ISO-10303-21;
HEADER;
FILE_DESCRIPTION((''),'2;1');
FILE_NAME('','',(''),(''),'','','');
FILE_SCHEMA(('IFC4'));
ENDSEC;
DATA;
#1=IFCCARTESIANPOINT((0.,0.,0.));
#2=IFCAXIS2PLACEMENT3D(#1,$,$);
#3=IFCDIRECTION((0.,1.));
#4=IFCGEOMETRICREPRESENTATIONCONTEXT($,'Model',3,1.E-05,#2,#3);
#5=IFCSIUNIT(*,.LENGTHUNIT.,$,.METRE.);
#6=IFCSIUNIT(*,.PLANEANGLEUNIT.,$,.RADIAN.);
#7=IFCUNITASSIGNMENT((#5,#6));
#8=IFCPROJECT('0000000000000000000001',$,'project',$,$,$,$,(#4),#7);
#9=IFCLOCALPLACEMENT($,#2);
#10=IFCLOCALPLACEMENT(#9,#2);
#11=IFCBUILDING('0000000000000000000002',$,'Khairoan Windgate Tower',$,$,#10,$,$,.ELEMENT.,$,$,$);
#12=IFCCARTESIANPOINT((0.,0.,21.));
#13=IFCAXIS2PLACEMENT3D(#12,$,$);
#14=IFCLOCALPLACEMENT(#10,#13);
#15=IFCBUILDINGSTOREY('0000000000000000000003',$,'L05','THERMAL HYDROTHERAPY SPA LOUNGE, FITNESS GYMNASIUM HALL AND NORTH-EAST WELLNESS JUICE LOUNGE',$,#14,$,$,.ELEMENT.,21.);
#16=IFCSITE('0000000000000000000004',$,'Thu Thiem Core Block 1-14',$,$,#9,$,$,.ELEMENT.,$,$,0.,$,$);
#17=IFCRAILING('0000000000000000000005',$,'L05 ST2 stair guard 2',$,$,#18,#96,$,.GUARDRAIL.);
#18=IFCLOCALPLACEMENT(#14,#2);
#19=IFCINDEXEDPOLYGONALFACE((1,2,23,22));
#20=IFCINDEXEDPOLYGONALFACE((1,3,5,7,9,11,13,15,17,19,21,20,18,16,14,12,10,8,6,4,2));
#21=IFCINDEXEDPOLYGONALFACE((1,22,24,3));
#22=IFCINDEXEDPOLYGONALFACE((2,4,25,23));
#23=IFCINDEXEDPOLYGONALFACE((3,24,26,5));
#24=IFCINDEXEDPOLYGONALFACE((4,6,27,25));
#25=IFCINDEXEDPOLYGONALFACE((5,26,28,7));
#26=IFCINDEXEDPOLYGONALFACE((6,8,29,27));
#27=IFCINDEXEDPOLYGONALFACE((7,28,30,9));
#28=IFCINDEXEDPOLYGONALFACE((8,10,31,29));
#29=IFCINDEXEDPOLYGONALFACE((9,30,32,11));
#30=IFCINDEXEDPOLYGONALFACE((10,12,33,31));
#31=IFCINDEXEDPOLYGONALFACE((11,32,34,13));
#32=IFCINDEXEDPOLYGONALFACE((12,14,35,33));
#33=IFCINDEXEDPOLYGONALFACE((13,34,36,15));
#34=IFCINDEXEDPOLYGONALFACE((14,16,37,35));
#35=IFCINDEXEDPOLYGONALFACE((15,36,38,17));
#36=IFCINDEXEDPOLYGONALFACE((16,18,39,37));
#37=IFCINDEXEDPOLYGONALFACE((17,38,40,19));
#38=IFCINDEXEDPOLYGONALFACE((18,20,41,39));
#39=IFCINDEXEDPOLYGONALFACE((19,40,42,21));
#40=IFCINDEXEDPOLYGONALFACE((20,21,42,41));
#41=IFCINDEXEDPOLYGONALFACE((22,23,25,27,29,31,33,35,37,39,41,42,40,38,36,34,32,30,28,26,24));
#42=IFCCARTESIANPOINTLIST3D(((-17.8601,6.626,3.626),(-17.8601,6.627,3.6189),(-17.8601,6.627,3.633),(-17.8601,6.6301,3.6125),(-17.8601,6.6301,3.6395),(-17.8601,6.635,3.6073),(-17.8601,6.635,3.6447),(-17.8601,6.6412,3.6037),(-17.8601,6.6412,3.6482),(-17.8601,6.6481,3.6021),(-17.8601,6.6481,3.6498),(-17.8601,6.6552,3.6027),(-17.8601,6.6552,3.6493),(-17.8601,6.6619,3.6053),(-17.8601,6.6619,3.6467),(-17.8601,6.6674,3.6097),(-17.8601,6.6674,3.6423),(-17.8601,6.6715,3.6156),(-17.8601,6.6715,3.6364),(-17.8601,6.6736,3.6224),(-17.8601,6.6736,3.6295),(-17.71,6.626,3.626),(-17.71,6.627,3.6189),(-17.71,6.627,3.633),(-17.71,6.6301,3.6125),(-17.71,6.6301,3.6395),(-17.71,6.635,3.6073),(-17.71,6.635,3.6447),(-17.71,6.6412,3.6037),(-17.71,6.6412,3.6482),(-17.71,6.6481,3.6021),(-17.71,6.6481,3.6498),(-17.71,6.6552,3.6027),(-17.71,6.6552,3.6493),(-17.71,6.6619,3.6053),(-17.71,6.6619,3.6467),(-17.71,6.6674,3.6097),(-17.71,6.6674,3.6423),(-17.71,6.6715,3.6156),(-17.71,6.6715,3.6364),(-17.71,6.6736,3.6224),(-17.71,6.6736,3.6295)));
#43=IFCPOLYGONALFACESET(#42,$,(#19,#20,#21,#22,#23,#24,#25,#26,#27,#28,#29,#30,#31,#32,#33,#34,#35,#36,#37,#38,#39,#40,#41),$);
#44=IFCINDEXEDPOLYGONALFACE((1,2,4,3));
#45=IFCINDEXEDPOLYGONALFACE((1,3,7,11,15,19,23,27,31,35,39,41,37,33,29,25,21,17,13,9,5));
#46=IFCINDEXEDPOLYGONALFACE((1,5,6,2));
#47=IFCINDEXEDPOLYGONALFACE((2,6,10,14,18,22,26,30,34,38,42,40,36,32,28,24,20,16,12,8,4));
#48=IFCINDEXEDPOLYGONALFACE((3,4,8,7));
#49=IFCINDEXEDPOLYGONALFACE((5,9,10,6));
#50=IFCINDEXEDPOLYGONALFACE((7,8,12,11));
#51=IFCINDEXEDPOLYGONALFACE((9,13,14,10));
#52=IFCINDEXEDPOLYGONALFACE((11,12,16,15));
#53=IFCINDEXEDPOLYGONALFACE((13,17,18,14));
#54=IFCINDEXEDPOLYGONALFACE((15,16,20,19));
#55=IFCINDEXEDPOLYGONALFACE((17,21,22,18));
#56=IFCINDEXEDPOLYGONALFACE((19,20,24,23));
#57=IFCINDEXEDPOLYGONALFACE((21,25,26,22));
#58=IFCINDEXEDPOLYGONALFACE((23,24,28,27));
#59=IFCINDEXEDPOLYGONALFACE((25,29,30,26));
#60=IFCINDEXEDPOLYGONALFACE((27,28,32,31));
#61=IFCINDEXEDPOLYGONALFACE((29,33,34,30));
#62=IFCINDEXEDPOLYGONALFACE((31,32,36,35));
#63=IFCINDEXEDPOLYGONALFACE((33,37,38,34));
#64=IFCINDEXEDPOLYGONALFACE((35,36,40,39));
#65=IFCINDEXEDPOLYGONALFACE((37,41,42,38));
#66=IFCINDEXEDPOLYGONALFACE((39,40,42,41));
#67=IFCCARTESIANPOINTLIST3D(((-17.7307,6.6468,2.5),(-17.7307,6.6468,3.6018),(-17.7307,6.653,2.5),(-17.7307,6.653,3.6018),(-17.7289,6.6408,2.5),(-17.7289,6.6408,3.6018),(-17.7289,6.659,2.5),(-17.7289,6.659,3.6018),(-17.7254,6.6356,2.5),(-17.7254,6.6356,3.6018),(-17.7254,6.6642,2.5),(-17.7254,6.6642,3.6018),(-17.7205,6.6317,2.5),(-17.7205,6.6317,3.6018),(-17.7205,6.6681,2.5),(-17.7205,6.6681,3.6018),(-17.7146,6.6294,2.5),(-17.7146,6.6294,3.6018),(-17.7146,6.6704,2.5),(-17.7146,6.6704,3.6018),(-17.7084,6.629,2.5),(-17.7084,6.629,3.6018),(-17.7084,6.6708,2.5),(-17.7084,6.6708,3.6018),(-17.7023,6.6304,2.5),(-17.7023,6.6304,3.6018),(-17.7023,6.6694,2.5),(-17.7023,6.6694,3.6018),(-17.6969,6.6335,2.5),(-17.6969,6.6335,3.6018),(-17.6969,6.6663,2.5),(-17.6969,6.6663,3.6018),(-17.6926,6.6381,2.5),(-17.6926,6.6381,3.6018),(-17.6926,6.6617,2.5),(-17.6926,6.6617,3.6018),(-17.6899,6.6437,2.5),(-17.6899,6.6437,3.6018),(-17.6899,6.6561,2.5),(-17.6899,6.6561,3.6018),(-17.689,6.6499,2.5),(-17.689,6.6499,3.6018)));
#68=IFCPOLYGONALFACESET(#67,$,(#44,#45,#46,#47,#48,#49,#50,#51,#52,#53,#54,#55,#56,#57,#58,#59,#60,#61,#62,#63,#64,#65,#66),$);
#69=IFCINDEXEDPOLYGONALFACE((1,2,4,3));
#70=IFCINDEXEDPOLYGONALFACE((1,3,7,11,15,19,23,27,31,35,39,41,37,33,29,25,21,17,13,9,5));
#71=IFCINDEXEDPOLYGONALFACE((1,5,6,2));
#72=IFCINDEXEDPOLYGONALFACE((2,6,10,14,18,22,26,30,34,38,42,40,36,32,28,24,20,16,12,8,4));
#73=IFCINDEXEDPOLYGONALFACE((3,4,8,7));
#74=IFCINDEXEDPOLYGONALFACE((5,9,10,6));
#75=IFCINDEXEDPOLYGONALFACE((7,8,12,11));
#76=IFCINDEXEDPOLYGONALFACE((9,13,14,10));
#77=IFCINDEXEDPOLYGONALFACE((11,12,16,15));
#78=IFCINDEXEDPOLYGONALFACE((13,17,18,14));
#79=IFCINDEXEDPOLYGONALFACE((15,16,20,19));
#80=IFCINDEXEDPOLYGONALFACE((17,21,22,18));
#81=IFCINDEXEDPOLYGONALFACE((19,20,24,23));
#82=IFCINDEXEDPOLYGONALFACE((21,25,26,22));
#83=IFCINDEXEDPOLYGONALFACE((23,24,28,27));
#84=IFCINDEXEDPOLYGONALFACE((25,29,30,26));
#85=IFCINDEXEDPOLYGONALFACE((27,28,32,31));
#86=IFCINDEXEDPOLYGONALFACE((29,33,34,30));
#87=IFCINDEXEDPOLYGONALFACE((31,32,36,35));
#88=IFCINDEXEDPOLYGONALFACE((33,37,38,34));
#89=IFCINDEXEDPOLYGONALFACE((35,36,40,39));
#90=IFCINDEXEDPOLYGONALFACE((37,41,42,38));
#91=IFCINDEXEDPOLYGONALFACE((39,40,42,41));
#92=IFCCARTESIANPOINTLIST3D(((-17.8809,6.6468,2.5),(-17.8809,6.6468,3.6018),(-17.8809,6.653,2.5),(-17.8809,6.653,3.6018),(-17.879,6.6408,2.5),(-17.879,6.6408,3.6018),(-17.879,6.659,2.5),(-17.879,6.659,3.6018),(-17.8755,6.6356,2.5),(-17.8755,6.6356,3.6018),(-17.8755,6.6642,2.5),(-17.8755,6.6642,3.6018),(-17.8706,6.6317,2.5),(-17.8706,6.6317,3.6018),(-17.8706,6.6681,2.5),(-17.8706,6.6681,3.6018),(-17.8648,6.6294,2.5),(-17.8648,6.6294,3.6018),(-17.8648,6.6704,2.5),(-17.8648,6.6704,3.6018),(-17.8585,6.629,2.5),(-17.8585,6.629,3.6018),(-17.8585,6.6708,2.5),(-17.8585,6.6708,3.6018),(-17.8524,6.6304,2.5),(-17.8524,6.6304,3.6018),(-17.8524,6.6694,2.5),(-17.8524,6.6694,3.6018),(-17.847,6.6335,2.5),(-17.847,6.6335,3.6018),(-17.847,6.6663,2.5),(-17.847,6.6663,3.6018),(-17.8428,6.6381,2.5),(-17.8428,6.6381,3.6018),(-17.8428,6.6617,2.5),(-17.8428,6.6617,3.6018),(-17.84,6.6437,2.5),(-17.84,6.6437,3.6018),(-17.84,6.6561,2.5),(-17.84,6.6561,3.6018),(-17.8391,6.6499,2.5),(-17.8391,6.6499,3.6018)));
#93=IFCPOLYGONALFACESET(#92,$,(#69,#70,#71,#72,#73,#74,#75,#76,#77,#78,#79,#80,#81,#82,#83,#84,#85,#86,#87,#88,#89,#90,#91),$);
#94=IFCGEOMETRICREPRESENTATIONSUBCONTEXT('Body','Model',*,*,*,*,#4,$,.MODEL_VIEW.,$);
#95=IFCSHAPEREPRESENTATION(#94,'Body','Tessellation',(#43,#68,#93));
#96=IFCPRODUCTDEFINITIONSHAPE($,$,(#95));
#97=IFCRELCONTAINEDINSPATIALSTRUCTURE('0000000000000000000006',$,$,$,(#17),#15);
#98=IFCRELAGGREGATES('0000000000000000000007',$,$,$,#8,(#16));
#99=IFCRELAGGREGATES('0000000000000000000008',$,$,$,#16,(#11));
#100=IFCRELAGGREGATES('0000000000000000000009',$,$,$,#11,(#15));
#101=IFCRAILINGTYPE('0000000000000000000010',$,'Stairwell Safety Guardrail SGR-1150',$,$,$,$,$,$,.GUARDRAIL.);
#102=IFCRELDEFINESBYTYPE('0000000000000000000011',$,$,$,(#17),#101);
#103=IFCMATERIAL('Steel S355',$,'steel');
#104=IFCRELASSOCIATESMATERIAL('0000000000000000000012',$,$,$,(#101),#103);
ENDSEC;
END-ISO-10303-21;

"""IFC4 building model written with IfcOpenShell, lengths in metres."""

from ifc_helpers import new_model, si_unit, direction, frame, origin, origin_2d, place, context, subcontext, project, spatial, circle, extrude, material, type_object, element, save


model = new_model("IFC4")

# Units and contexts
model_context = context("Model", 3, precision=1e-05, world=origin(), true_north=direction((0.0, 1.0)))
body_context = subcontext(model_context, "Body", "Model", "MODEL_VIEW")
ifc_project = project(units=[si_unit("LENGTHUNIT", "METRE"), si_unit("PLANEANGLEUNIT", "RADIAN")], contexts=[model_context])

# Site, building, storey
site_placement = place(None, origin())
site = spatial("IfcSite", under=ifc_project, at=site_placement, Name="Thu Thiem Core Block 1-14", CompositionType="ELEMENT", RefElevation=0.0)
building_placement = place(site_placement, origin())
building = spatial("IfcBuilding", under=site, at=building_placement, Name="Khairoan Windgate Tower", CompositionType="ELEMENT")
storey_placement = place(building_placement, frame((0.0, 0.0, 21.0)))
storey = spatial("IfcBuildingStorey", under=building, at=storey_placement, Name="L05", Description="THERMAL HYDROTHERAPY SPA LOUNGE, FITNESS GYMNASIUM HALL AND NORTH-EAST WELLNESS JUICE LOUNGE", CompositionType="ELEMENT", Elevation=21.0)

# Railing
ifc_material_1 = material(Name="Steel S355", Category="steel")
railing_type_1 = type_object("IfcRailingType", Name="Stairwell Safety Guardrail SGR-1150", PredefinedType="GUARDRAIL", material=ifc_material_1)
railing_1_placement = place(storey_placement, frame((-17.71, 6.6499, 2.5)))
element("IfcRailing", 1, at=railing_1_placement, inside=storey, type_object=railing_type_1, Name="L05 ST2 stair guard 2", PredefinedType="GUARDRAIL", context=body_context, shape_type="SweptSolid", body=[
    extrude(circle(Radius=0.0239, at=origin_2d()), frame((0.0, 0.0, 1.126), z_axis=(-1.0, 0.0, 0.0), x_axis=(0.0, -1.0, 0.0)), (0.0, 0.0, 1.0), 0.1501),
    extrude(circle(Radius=0.021, at=origin_2d()), origin(), (0.0, 0.0, 1.0), 1.1018),
    extrude(circle(Radius=0.021, at=origin_2d()), frame((-0.1501, 0.0, 0.0)), (0.0, 0.0, 1.0), 1.1018),
])

save(model, "model.ifc")
